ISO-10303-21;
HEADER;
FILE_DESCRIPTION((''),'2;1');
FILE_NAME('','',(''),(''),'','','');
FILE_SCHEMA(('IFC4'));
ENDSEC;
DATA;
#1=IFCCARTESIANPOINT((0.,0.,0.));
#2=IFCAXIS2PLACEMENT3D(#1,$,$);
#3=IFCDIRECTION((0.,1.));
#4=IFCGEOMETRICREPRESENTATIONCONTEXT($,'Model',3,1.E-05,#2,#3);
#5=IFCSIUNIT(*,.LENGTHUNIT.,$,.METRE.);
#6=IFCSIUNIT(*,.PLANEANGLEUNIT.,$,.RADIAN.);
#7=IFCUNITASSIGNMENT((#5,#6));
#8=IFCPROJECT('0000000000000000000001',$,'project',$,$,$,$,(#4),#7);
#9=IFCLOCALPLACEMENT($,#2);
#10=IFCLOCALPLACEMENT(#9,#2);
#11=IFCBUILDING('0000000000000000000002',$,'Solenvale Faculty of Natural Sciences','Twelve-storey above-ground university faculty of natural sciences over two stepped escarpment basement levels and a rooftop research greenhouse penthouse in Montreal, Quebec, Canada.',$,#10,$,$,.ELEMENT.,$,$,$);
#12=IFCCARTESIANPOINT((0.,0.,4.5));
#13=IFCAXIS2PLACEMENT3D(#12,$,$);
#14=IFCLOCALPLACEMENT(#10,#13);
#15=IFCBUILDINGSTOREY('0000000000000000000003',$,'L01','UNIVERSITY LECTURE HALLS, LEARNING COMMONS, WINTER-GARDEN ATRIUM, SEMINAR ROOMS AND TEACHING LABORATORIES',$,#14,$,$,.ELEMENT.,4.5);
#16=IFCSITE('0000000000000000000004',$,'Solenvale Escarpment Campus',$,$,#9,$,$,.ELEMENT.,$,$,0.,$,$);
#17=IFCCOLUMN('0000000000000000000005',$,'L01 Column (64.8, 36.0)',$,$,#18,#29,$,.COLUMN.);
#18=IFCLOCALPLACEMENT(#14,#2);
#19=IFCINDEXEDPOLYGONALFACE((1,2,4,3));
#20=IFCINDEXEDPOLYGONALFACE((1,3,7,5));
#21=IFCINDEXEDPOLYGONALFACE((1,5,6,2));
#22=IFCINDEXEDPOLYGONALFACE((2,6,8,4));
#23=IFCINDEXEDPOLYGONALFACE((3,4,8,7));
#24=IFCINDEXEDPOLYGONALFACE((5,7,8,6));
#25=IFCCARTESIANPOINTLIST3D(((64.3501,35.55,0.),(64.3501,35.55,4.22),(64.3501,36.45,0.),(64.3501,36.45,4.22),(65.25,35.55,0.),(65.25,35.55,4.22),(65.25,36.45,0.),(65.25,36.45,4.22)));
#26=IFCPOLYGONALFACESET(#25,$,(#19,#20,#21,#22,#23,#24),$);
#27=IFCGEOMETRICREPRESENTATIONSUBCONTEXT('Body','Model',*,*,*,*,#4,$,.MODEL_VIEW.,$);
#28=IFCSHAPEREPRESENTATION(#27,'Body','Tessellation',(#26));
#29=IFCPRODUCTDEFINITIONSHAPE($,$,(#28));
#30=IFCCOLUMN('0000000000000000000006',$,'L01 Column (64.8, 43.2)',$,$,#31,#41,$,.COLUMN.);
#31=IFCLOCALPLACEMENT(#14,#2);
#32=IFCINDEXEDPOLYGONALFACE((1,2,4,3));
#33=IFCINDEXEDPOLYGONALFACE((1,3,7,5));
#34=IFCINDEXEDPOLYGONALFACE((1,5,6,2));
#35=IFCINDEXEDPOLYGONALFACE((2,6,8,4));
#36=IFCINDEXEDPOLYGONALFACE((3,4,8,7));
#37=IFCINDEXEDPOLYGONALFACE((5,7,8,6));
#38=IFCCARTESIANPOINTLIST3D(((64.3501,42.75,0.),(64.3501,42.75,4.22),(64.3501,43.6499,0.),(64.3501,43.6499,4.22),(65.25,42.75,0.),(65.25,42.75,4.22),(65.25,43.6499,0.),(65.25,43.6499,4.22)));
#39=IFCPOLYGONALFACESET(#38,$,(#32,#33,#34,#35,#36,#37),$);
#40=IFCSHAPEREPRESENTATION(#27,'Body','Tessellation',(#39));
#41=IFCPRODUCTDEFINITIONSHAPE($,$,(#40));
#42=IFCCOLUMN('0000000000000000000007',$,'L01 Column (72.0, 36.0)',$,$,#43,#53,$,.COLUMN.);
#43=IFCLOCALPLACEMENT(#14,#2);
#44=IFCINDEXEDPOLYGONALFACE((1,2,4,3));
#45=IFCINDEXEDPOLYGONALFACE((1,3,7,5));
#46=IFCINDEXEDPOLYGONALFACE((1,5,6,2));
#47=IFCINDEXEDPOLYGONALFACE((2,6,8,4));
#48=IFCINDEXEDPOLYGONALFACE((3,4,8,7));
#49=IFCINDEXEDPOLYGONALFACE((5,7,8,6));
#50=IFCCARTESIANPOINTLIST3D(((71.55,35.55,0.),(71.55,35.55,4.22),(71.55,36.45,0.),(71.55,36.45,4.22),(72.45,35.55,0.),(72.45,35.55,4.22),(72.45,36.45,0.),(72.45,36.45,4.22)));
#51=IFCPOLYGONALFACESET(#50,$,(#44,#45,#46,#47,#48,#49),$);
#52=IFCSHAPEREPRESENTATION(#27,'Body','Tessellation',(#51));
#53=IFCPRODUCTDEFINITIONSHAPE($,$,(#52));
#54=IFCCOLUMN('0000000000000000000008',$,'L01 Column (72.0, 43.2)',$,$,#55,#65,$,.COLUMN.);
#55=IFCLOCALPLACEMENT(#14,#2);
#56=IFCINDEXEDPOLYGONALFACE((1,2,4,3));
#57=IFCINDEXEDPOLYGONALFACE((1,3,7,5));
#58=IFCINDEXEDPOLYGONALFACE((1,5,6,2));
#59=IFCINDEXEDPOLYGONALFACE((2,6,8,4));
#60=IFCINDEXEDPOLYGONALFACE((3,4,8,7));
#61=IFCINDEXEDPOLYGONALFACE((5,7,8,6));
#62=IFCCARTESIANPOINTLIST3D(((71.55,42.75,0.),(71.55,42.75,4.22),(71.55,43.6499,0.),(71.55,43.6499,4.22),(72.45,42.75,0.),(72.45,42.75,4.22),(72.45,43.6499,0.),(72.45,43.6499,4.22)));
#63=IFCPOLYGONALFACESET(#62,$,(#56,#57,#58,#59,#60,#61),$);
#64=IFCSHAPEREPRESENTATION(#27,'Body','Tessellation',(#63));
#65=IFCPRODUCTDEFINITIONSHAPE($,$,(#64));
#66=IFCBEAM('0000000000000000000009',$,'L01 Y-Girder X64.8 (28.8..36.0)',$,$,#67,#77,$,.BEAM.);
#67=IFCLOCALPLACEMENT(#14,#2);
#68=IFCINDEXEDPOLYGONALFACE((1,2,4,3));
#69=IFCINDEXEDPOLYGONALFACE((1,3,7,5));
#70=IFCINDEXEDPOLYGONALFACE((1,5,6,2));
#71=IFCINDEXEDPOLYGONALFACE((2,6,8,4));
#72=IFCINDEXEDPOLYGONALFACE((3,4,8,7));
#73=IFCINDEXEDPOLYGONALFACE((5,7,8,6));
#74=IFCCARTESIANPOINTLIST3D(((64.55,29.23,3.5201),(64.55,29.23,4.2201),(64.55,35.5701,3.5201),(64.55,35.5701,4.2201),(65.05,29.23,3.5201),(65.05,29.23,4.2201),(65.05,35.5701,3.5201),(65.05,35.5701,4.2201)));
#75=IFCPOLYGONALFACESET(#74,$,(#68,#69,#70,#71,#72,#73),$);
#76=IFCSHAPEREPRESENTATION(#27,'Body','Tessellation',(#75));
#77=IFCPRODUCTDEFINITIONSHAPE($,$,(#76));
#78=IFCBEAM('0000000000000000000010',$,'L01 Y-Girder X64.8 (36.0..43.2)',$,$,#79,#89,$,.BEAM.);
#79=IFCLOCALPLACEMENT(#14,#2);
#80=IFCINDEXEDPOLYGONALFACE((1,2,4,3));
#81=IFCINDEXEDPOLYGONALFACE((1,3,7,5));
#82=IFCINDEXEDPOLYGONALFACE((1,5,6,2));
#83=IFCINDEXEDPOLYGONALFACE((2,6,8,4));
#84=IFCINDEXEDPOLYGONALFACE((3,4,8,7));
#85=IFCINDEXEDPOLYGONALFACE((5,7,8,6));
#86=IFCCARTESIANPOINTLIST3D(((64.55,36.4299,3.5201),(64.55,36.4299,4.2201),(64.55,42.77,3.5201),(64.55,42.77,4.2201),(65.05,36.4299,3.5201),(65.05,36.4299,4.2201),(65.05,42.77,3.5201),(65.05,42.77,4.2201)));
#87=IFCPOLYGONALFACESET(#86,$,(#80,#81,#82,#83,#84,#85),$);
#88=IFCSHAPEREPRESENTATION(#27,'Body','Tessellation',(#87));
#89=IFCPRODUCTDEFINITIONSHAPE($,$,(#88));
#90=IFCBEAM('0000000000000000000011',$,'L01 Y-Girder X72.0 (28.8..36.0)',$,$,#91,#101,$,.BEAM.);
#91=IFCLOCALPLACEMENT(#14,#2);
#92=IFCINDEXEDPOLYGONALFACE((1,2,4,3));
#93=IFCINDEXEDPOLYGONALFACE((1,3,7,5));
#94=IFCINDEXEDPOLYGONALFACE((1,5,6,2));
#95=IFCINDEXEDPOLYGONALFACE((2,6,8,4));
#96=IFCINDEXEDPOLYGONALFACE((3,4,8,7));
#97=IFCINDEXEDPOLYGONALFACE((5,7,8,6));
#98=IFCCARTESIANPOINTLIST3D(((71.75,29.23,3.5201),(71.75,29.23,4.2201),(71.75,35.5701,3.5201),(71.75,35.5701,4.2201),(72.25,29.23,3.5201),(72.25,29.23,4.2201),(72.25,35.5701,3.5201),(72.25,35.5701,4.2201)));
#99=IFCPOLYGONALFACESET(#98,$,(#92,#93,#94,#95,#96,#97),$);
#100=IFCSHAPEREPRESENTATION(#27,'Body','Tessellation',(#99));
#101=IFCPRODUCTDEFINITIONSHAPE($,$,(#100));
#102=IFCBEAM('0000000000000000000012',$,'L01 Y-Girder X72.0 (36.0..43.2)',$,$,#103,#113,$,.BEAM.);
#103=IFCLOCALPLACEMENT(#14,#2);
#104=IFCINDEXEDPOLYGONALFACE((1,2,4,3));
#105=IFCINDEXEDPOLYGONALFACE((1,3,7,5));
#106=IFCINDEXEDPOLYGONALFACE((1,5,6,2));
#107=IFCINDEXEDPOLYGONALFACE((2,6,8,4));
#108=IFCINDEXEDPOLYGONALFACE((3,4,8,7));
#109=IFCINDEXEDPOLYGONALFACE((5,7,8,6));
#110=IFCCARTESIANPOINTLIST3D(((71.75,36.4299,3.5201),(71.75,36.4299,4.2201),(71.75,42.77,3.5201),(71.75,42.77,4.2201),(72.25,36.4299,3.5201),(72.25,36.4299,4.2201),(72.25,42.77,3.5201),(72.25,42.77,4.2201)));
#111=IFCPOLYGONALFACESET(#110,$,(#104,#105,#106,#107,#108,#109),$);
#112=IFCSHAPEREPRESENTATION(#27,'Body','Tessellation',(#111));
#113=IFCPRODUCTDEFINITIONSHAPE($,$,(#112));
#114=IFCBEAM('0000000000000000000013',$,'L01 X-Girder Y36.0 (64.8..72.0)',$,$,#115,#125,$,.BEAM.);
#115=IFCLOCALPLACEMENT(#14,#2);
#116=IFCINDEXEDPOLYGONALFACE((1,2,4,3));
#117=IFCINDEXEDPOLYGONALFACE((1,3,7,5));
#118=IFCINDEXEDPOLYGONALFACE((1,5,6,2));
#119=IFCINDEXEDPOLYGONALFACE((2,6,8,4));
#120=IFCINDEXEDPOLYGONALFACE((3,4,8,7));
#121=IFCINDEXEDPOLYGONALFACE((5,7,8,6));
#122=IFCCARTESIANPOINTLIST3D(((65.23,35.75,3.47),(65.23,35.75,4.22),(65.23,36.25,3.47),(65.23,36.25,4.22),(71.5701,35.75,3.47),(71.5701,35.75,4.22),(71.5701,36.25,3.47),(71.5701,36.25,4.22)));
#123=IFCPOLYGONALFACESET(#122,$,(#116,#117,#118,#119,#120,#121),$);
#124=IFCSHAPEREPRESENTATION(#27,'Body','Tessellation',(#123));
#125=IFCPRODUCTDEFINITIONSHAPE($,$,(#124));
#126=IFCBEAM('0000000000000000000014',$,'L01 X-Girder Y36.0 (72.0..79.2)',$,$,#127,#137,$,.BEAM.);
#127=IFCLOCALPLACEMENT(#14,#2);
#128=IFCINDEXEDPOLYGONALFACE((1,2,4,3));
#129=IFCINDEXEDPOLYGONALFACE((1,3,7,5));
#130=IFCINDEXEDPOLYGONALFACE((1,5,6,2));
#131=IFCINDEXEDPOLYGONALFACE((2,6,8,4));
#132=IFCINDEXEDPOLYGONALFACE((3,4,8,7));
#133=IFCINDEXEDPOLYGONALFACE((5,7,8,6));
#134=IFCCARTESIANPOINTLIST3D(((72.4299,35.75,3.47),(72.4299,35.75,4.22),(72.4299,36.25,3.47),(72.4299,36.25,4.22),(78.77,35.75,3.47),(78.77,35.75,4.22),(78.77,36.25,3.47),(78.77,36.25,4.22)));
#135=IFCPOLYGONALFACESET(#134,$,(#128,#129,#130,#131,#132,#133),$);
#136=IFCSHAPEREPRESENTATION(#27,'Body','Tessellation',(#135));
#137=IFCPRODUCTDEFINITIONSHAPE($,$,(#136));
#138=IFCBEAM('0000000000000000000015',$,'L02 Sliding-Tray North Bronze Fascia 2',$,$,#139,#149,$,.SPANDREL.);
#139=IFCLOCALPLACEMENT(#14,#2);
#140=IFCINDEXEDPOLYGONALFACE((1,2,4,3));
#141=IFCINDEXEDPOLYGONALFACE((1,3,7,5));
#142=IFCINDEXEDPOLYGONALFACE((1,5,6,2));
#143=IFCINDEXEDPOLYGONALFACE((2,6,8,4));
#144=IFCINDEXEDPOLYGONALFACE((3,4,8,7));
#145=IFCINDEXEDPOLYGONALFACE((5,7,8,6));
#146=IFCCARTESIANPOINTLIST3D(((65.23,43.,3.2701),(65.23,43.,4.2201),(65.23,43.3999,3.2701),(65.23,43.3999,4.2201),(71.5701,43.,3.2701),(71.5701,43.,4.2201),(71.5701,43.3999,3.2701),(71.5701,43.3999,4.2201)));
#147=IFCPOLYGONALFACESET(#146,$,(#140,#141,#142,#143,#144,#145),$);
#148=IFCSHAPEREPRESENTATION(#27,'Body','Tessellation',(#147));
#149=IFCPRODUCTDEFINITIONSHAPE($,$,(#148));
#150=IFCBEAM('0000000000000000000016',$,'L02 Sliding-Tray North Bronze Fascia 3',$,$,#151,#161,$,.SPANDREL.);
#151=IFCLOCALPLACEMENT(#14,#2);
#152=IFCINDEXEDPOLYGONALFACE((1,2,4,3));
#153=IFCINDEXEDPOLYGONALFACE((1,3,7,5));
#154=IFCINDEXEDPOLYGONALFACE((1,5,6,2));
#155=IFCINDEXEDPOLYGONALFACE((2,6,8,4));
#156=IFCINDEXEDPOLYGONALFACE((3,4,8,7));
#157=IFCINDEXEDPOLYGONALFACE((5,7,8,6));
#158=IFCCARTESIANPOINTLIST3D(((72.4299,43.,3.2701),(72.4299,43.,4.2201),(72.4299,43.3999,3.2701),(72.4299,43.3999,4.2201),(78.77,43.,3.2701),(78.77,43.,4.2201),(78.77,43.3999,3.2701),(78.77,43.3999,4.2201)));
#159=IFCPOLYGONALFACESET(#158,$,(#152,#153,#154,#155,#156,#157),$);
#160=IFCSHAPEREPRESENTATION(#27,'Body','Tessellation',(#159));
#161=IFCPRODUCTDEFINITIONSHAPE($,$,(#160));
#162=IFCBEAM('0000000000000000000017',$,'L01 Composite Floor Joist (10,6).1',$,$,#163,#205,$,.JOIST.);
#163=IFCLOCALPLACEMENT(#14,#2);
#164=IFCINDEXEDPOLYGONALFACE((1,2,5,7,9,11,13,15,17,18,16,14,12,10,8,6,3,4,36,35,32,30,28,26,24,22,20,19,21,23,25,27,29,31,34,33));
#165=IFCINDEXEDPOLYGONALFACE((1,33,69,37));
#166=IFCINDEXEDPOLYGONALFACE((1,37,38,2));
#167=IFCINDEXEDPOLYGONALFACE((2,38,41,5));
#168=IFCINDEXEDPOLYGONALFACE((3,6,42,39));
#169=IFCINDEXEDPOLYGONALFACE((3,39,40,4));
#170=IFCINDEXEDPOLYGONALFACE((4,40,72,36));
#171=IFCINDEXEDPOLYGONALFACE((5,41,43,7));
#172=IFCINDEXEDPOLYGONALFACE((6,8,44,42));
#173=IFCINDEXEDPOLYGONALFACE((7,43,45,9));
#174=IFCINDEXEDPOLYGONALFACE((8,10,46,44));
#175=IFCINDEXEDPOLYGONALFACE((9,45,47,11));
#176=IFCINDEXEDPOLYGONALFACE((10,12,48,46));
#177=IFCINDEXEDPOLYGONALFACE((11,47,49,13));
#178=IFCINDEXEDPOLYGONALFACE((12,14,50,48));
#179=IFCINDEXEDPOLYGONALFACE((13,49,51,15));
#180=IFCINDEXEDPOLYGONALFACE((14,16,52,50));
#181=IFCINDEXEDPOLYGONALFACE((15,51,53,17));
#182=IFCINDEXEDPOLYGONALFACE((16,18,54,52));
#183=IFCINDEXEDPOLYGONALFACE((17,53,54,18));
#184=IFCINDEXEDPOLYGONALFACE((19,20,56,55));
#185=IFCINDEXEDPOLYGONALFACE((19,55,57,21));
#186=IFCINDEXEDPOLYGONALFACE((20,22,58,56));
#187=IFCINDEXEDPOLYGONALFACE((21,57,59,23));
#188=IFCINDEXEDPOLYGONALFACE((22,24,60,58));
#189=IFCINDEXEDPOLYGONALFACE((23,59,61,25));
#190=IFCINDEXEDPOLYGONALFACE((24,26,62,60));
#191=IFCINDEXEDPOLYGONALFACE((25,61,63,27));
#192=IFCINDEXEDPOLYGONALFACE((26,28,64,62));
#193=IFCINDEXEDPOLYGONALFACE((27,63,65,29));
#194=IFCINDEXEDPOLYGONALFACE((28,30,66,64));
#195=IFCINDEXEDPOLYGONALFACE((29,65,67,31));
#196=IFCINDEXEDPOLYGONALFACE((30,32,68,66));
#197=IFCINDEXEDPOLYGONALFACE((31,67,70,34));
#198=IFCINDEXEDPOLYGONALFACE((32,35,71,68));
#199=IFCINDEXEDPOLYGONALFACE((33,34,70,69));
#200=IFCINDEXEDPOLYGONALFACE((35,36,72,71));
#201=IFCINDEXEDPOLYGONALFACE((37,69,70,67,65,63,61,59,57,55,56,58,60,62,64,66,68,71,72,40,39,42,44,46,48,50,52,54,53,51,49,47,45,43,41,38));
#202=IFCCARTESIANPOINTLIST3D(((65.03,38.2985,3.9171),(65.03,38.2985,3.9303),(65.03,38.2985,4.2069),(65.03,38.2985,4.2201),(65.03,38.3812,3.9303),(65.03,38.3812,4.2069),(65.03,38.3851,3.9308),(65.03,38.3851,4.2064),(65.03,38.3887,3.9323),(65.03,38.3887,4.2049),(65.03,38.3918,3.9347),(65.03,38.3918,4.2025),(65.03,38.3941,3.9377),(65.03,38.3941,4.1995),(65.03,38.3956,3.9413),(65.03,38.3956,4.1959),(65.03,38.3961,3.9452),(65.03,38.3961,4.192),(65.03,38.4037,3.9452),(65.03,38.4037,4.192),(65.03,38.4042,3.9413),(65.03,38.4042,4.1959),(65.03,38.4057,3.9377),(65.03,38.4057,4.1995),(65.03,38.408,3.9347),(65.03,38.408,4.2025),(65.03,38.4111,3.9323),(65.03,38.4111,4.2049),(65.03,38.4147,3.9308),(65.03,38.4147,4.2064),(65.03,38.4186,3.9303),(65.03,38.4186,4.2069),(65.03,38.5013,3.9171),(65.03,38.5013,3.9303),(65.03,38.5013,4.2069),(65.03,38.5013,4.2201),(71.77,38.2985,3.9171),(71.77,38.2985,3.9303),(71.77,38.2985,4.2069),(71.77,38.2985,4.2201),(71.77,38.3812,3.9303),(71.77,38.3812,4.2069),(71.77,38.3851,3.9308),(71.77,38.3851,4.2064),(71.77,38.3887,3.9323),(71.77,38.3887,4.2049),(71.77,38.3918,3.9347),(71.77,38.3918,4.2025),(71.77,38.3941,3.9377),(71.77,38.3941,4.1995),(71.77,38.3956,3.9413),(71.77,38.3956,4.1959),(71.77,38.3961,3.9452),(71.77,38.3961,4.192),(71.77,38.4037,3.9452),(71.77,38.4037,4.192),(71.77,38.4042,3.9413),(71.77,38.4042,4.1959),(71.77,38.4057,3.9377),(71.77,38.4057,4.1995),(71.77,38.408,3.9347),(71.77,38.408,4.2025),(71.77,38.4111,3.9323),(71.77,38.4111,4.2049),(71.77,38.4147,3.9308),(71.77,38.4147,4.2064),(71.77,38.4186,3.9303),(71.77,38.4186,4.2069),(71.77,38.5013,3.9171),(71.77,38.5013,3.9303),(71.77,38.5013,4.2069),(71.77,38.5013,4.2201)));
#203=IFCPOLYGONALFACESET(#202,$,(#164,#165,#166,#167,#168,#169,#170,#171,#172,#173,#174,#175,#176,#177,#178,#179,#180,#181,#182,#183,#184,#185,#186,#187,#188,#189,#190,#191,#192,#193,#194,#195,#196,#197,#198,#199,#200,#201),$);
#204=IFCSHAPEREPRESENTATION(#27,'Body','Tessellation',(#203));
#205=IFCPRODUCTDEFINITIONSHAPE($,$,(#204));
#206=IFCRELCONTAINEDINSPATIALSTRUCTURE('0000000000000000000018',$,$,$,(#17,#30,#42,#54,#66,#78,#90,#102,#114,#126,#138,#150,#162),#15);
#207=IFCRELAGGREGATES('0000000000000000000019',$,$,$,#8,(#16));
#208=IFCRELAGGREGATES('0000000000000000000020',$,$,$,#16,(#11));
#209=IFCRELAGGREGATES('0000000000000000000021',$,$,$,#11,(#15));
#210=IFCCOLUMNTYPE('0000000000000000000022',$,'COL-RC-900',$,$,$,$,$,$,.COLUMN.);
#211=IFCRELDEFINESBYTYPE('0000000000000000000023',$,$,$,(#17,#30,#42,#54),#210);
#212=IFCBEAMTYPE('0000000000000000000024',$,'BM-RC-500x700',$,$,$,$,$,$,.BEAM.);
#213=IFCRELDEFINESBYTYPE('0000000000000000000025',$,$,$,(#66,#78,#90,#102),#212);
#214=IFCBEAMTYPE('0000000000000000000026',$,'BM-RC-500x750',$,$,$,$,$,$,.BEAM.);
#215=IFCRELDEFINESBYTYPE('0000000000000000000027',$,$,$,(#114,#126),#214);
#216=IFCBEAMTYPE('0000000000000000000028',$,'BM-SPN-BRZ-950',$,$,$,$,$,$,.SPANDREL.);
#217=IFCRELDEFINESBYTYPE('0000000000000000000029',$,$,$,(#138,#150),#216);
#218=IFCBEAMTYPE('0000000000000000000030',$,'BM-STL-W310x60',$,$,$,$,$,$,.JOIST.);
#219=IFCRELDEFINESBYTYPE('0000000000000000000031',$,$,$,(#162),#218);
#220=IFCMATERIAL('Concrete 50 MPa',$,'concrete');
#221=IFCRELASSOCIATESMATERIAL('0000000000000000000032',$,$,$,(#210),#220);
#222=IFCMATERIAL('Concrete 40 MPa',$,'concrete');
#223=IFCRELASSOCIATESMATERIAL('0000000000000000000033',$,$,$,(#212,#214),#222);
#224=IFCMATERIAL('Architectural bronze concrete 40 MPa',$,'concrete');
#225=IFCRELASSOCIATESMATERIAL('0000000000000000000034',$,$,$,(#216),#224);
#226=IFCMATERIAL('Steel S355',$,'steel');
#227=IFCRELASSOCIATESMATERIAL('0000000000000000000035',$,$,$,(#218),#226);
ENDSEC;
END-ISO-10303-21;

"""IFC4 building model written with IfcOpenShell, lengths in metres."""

from ifc_helpers import new_model, si_unit, direction, frame, origin, origin_2d, place, context, subcontext, project, spatial, rectangle, i_section, extrude, material, material_profile, profile_set, type_object, element, save


model = new_model("IFC4")

# Units and contexts
model_context = context("Model", 3, precision=1e-05, world=origin(), true_north=direction((0.0, 1.0)))
body_context = subcontext(model_context, "Body", "Model", "MODEL_VIEW")
ifc_project = project(units=[si_unit("LENGTHUNIT", "METRE"), si_unit("PLANEANGLEUNIT", "RADIAN")], contexts=[model_context])

# Site, building, storey
site_placement = place(None, origin())
site = spatial("IfcSite", under=ifc_project, at=site_placement, Name="Solenvale Escarpment Campus", CompositionType="ELEMENT", RefElevation=0.0)
building_placement = place(site_placement, origin())
building = spatial("IfcBuilding", under=site, at=building_placement, Name="Solenvale Faculty of Natural Sciences", Description="Twelve-storey above-ground university faculty of natural sciences over two stepped escarpment basement levels and a rooftop research greenhouse penthouse in Montreal, Quebec, Canada.", CompositionType="ELEMENT")
storey_placement = place(building_placement, frame((0.0, 0.0, 4.5)))
storey = spatial("IfcBuildingStorey", under=building, at=storey_placement, Name="L01", Description="UNIVERSITY LECTURE HALLS, LEARNING COMMONS, WINTER-GARDEN ATRIUM, SEMINAR ROOMS AND TEACHING LABORATORIES", CompositionType="ELEMENT", Elevation=4.5)

# Columns
ifc_material_1 = material(Name="Concrete 50 MPa", Category="concrete")
ifc_material_profile_1 = material_profile(ifc_material_1, rectangle(XDim=0.8999, YDim=0.8999, at=origin_2d()), Name="RC-COL-900x900")
ifc_profile_set_1 = profile_set([ifc_material_profile_1], Name="Concrete 50 MPa")
column_type = type_object("IfcColumnType", Name="COL-RC-900", PredefinedType="COLUMN", material=ifc_profile_set_1)
for number, where, z_axis, x_axis, name in (
    (1, (64.8, 36.0, 0.0), (0.0, 0.0, 1.0), (1.0, 0.0, 0.0), "L01 Column (64.8, 36.0)"),
    (2, (64.8, 43.2, 0.0), (0.0, 0.0, 1.0), (1.0, 0.0, 0.0), "L01 Column (64.8, 43.2)"),
    (3, (72.0, 36.0, 0.0), (0.0, 0.0, 1.0), (1.0, 0.0, 0.0), "L01 Column (72.0, 36.0)"),
    (4, (72.0, 43.2, 0.0), (0.0, 0.0, 1.0), (1.0, 0.0, 0.0), "L01 Column (72.0, 43.2)"),
):
    element("IfcColumn", number, at=place(storey_placement, frame(where, z_axis=z_axis, x_axis=x_axis)), inside=storey, type_object=column_type, Name=name, PredefinedType="COLUMN", context=body_context, shape_type="SweptSolid", body=[
        extrude(rectangle(XDim=0.8999, YDim=0.8999, at=origin_2d()), origin(), (0.0, 0.0, 1.0), 4.22),
    ])

# Beams
ifc_material_2 = material(Name="Concrete 40 MPa", Category="concrete")
ifc_material_profile_2 = material_profile(ifc_material_2, rectangle(XDim=0.5, YDim=0.7, at=origin_2d()), Name="RC-BM-500x700")
ifc_profile_set_2 = profile_set([ifc_material_profile_2], Name="Concrete 40 MPa")
beam_type_1 = type_object("IfcBeamType", Name="BM-RC-500x700", PredefinedType="BEAM", material=ifc_profile_set_2)
for number, where, z_axis, x_axis, name in (
    (5, (64.8, 29.23, 3.8701), (0.0, 1.0, 0.0), (-1.0, 0.0, 0.0), "L01 Y-Girder X64.8 (28.8..36.0)"),
    (6, (64.8, 36.4299, 3.8701), (0.0, 1.0, 0.0), (-1.0, 0.0, 0.0), "L01 Y-Girder X64.8 (36.0..43.2)"),
    (7, (72.0, 29.23, 3.8701), (0.0, 1.0, 0.0), (-1.0, 0.0, 0.0), "L01 Y-Girder X72.0 (28.8..36.0)"),
    (8, (72.0, 36.4299, 3.8701), (0.0, 1.0, 0.0), (-1.0, 0.0, 0.0), "L01 Y-Girder X72.0 (36.0..43.2)"),
):
    element("IfcBeam", number, at=place(storey_placement, frame(where, z_axis=z_axis, x_axis=x_axis)), inside=storey, type_object=beam_type_1, Name=name, PredefinedType="BEAM", context=body_context, shape_type="SweptSolid", body=[
        extrude(rectangle(XDim=0.5, YDim=0.7, at=origin_2d()), origin(), (0.0, 0.0, 1.0), 6.3401),
    ])
ifc_material_profile_3 = material_profile(ifc_material_2, rectangle(XDim=0.5, YDim=0.75, at=origin_2d()), Name="RC-BM-500x750")
ifc_profile_set_3 = profile_set([ifc_material_profile_3], Name="Concrete 40 MPa")
beam_type_2 = type_object("IfcBeamType", Name="BM-RC-500x750", PredefinedType="BEAM", material=ifc_profile_set_3)
for number, where, z_axis, x_axis, name in (
    (9, (65.23, 36.0, 3.845), (1.0, 0.0, 0.0), (0.0, 1.0, 0.0), "L01 X-Girder Y36.0 (64.8..72.0)"),
    (10, (72.4299, 36.0, 3.845), (1.0, 0.0, 0.0), (0.0, 1.0, 0.0), "L01 X-Girder Y36.0 (72.0..79.2)"),
):
    element("IfcBeam", number, at=place(storey_placement, frame(where, z_axis=z_axis, x_axis=x_axis)), inside=storey, type_object=beam_type_2, Name=name, PredefinedType="BEAM", context=body_context, shape_type="SweptSolid", body=[
        extrude(rectangle(XDim=0.5, YDim=0.75, at=origin_2d()), origin(), (0.0, 0.0, 1.0), 6.3401),
    ])
ifc_material_3 = material(Name="Architectural bronze concrete 40 MPa", Category="concrete")
ifc_material_profile_4 = material_profile(ifc_material_3, rectangle(XDim=0.3999, YDim=0.95, at=origin_2d()), Name="RC-SPN-400x950")
ifc_profile_set_4 = profile_set([ifc_material_profile_4], Name="Architectural bronze concrete 40 MPa")
beam_type_3 = type_object("IfcBeamType", Name="BM-SPN-BRZ-950", PredefinedType="SPANDREL", material=ifc_profile_set_4)
for number, where, z_axis, x_axis, name in (
    (11, (65.23, 43.2, 3.7451), (1.0, 0.0, 0.0), (0.0, 1.0, 0.0), "L02 Sliding-Tray North Bronze Fascia 2"),
    (12, (72.4299, 43.2, 3.7451), (1.0, 0.0, 0.0), (0.0, 1.0, 0.0), "L02 Sliding-Tray North Bronze Fascia 3"),
):
    element("IfcBeam", number, at=place(storey_placement, frame(where, z_axis=z_axis, x_axis=x_axis)), inside=storey, type_object=beam_type_3, Name=name, PredefinedType="SPANDREL", context=body_context, shape_type="SweptSolid", body=[
        extrude(rectangle(XDim=0.3999, YDim=0.95, at=origin_2d()), origin(), (0.0, 0.0, 1.0), 6.3401),
    ])
ifc_material_4 = material(Name="Steel S355", Category="steel")
ifc_material_profile_5 = material_profile(ifc_material_4, i_section(OverallWidth=0.2029, OverallDepth=0.303, WebThickness=0.0076, FlangeThickness=0.0132, FilletRadius=0.0149, at=origin_2d()), Name="W310x60")
ifc_profile_set_5 = profile_set([ifc_material_profile_5], Name="Steel S355")
beam_type_4 = type_object("IfcBeamType", Name="BM-STL-W310x60", PredefinedType="JOIST", material=ifc_profile_set_5)
for number, where, z_axis, x_axis, name in (
    (13, (65.03, 38.3999, 4.0686), (1.0, 0.0, 0.0), (0.0, 1.0, 0.0), "L01 Composite Floor Joist (10,6).1"),
):
    element("IfcBeam", number, at=place(storey_placement, frame(where, z_axis=z_axis, x_axis=x_axis)), inside=storey, type_object=beam_type_4, Name=name, PredefinedType="JOIST", context=body_context, shape_type="SweptSolid", body=[
        extrude(i_section(OverallWidth=0.2029, OverallDepth=0.303, WebThickness=0.0076, FlangeThickness=0.0132, FilletRadius=0.0149, at=origin_2d()), origin(), (0.0, 0.0, 1.0), 6.74),
    ])

save(model, "model.ifc")
